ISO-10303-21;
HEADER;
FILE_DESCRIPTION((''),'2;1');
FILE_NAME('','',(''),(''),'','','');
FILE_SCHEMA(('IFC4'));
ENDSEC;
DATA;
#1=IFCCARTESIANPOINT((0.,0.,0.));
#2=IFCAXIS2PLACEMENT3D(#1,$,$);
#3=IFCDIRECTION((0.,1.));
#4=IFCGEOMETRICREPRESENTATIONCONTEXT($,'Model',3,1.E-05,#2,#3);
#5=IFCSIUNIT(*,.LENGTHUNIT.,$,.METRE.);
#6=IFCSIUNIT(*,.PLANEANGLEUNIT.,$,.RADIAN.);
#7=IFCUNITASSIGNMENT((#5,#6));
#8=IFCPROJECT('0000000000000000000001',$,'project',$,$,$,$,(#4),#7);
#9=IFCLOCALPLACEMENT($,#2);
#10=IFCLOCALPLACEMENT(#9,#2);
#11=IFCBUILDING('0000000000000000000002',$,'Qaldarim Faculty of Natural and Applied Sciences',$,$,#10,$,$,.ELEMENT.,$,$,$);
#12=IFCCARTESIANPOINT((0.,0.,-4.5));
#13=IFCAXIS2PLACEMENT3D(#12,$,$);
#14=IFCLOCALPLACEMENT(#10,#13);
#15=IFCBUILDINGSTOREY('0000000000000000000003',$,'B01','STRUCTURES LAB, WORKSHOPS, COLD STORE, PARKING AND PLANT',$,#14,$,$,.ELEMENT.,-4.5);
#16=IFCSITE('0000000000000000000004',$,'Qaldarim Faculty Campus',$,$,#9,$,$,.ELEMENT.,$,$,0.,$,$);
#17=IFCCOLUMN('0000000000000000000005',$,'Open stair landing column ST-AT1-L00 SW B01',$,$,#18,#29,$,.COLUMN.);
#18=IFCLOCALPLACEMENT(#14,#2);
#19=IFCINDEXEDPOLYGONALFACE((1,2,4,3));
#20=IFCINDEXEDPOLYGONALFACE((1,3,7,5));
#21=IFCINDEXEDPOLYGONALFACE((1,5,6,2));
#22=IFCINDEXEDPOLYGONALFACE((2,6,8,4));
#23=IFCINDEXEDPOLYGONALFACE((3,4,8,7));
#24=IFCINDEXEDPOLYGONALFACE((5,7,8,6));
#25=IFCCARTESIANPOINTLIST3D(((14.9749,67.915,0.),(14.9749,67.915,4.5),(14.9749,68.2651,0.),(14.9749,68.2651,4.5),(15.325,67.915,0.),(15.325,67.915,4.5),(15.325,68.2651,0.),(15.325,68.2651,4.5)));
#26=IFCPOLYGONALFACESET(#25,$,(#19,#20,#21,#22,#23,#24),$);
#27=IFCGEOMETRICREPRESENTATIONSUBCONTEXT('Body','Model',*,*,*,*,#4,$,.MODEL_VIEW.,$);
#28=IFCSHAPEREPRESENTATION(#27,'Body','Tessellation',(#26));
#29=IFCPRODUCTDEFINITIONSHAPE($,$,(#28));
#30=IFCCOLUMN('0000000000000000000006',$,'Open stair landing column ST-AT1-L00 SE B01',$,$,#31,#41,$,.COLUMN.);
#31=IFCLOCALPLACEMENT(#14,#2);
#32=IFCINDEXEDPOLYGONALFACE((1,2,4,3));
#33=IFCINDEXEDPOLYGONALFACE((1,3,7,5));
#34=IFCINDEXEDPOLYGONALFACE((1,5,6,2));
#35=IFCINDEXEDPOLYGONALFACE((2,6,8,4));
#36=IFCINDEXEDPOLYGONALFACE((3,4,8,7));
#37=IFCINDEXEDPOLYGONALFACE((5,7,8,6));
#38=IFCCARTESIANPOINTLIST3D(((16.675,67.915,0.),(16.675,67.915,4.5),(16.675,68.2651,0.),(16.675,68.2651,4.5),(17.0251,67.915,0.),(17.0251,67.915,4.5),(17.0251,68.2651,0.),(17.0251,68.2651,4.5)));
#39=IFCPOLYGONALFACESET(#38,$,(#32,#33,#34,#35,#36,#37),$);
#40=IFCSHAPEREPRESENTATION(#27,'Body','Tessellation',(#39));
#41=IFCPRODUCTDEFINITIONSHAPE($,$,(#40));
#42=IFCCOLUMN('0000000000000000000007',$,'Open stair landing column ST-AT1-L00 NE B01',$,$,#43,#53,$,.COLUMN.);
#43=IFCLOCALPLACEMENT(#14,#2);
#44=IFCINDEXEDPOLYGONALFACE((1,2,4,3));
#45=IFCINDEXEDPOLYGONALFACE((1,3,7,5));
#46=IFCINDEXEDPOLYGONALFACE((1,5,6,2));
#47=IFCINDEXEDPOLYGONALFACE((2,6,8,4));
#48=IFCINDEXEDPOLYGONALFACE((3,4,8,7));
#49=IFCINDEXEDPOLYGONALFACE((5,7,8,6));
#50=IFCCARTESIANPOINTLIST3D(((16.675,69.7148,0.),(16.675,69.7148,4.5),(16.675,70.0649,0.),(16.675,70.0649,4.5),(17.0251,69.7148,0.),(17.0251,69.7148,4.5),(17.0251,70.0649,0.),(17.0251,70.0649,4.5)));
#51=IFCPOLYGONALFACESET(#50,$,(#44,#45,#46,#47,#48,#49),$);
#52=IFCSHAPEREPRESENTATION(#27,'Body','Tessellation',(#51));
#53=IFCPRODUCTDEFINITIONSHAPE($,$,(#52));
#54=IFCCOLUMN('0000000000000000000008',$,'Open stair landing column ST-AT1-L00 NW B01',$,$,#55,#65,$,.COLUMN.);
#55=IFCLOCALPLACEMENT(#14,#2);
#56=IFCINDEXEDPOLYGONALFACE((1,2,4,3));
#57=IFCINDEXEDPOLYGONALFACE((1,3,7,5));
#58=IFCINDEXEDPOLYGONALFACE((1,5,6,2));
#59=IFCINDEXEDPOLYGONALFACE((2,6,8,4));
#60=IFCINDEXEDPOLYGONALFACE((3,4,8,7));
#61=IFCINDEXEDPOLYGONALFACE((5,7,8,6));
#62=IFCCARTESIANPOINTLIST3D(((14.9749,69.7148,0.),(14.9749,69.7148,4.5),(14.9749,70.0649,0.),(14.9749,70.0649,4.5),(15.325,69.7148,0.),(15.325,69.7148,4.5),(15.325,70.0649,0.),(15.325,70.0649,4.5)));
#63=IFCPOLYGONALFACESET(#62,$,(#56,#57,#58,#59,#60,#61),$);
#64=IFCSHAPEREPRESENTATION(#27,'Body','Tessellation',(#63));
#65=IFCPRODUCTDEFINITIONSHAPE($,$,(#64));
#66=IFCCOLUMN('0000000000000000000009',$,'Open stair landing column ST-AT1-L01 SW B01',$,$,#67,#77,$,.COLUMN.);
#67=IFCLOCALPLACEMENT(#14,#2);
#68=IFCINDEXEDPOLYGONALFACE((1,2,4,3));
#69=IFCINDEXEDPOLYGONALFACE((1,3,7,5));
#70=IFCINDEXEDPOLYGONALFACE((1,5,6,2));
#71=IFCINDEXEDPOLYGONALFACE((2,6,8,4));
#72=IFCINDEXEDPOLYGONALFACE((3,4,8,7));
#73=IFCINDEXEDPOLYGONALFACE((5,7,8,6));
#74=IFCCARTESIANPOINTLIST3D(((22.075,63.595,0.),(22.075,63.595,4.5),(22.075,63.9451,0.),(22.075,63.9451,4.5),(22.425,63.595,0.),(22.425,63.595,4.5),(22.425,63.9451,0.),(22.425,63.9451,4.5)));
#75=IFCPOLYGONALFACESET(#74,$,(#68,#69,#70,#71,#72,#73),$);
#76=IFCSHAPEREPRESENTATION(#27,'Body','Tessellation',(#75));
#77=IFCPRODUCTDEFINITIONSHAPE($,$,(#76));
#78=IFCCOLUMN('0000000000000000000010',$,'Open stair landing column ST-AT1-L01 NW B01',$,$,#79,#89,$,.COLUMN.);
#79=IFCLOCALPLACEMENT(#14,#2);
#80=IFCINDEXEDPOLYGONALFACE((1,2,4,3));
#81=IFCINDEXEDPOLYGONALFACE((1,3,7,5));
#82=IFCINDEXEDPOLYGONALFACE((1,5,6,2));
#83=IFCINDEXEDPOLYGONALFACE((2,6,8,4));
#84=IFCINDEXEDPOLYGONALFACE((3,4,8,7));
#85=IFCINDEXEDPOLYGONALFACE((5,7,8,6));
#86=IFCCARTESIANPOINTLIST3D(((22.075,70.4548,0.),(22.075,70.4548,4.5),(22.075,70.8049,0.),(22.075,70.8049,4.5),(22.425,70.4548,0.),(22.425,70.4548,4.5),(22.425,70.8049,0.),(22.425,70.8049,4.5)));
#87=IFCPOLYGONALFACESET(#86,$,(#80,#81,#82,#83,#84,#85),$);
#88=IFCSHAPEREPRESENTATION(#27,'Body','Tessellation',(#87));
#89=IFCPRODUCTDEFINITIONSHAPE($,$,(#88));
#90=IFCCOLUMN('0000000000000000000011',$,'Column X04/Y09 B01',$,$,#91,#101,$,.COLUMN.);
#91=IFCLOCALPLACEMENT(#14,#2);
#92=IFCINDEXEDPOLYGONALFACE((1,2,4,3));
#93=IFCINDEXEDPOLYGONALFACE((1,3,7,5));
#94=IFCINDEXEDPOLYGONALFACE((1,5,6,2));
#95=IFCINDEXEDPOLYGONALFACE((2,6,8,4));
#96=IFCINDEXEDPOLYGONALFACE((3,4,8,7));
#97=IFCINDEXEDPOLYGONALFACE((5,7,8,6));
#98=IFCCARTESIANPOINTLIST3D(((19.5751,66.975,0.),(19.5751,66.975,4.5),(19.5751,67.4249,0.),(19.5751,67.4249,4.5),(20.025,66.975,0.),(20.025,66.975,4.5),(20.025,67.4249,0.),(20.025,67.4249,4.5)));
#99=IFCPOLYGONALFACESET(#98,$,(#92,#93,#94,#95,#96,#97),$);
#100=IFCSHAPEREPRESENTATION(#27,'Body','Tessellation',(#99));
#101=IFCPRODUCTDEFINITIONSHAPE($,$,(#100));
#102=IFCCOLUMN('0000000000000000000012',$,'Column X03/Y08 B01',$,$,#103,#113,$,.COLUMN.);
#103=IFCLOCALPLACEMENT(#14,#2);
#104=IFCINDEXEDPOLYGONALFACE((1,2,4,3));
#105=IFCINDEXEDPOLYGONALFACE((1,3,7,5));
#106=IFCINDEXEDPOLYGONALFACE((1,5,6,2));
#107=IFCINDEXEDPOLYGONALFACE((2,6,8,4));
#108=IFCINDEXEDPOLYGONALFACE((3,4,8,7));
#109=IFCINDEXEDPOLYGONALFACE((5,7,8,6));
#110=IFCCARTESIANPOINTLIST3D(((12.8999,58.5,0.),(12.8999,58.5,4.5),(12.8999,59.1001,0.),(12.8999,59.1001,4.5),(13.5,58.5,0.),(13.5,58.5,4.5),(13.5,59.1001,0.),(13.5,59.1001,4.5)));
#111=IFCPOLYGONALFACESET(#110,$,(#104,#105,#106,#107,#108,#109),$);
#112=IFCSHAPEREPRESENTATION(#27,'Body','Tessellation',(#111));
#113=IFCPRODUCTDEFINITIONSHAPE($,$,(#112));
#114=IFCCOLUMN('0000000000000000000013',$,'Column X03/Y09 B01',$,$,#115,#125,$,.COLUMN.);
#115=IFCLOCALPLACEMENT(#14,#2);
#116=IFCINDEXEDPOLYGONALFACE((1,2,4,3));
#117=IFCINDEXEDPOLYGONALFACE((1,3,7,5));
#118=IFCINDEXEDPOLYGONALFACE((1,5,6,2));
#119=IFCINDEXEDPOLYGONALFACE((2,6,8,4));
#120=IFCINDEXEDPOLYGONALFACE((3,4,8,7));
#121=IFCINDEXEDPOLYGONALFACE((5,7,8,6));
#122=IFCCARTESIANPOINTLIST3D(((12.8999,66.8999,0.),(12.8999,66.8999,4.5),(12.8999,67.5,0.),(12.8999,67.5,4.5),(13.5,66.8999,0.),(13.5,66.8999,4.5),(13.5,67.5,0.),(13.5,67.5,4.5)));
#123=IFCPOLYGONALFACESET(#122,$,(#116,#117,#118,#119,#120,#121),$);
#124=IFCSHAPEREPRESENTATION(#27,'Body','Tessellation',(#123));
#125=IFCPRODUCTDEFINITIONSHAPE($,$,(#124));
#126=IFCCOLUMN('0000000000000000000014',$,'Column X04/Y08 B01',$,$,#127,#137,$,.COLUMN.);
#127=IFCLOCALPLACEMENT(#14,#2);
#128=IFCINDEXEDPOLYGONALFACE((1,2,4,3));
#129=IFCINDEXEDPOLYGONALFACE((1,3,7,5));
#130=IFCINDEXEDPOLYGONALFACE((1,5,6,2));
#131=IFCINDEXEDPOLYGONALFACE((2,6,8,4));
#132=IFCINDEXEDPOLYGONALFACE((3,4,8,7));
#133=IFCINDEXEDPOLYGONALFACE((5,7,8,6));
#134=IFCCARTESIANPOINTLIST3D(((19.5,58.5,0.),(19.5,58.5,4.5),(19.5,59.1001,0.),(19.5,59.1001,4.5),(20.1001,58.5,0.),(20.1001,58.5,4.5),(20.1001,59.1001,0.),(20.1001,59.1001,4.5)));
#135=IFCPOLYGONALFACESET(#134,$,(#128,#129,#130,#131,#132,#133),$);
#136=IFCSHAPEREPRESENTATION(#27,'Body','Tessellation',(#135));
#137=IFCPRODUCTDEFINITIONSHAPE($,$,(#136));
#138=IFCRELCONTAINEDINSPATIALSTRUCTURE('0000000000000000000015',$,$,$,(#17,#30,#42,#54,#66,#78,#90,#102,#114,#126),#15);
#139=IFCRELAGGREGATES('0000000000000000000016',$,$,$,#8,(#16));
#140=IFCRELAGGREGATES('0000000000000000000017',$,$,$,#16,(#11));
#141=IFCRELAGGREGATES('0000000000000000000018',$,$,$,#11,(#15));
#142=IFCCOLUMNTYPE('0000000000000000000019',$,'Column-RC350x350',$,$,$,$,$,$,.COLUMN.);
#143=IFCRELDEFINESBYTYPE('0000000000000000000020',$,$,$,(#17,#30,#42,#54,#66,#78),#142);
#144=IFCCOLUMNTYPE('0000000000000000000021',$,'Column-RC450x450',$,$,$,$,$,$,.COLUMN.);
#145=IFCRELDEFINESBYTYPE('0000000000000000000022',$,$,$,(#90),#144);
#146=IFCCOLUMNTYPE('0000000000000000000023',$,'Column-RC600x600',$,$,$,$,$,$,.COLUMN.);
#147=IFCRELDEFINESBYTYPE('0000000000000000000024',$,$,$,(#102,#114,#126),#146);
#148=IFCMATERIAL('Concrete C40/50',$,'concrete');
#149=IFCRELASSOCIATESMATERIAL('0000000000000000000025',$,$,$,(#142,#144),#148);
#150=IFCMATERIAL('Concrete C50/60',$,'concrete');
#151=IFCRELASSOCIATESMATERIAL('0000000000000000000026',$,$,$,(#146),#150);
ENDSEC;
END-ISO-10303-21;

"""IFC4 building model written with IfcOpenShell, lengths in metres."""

from ifc_helpers import new_model, si_unit, direction, frame, origin, origin_2d, place, context, subcontext, project, spatial, rectangle, extrude, material, material_profile, profile_set, type_object, element, save


model = new_model("IFC4")

# Units and contexts
model_context = context("Model", 3, precision=1e-05, world=origin(), true_north=direction((0.0, 1.0)))
body_context = subcontext(model_context, "Body", "Model", "MODEL_VIEW")
ifc_project = project(units=[si_unit("LENGTHUNIT", "METRE"), si_unit("PLANEANGLEUNIT", "RADIAN")], contexts=[model_context])

# Site, building, storey
site_placement = place(None, origin())
site = spatial("IfcSite", under=ifc_project, at=site_placement, Name="Qaldarim Faculty Campus", CompositionType="ELEMENT", RefElevation=0.0)
building_placement = place(site_placement, origin())
building = spatial("IfcBuilding", under=site, at=building_placement, Name="Qaldarim Faculty of Natural and Applied Sciences", CompositionType="ELEMENT")
storey_placement = place(building_placement, frame((0.0, 0.0, -4.5)))
storey = spatial("IfcBuildingStorey", under=building, at=storey_placement, Name="B01", Description="STRUCTURES LAB, WORKSHOPS, COLD STORE, PARKING AND PLANT", CompositionType="ELEMENT", Elevation=-4.5)

# Shared definitions
ifc_material_1 = material(Name="Concrete C40/50", Category="concrete")

# Columns
ifc_material_profile_1 = material_profile(ifc_material_1, rectangle(XDim=0.3501, YDim=0.3501, at=origin_2d()), Name="RC-C350x350")
ifc_profile_set_1 = profile_set([ifc_material_profile_1], Name="Concrete C40/50")
column_type_1 = type_object("IfcColumnType", Name="Column-RC350x350", PredefinedType="COLUMN", material=ifc_profile_set_1)
for number, where, z_axis, x_axis, name in (
    (1, (15.1499, 68.0901, 0.0), (0.0, 0.0, 1.0), (1.0, 0.0, 0.0), "Open stair landing column ST-AT1-L00 SW B01"),
    (2, (16.8501, 68.0901, 0.0), (0.0, 0.0, 1.0), (1.0, 0.0, 0.0), "Open stair landing column ST-AT1-L00 SE B01"),
    (3, (16.8501, 69.8899, 0.0), (0.0, 0.0, 1.0), (1.0, 0.0, 0.0), "Open stair landing column ST-AT1-L00 NE B01"),
    (4, (15.1499, 69.8899, 0.0), (0.0, 0.0, 1.0), (1.0, 0.0, 0.0), "Open stair landing column ST-AT1-L00 NW B01"),
    (5, (22.25, 63.77, 0.0), (0.0, 0.0, 1.0), (1.0, 0.0, 0.0), "Open stair landing column ST-AT1-L01 SW B01"),
    (6, (22.25, 70.6299, 0.0), (0.0, 0.0, 1.0), (1.0, 0.0, 0.0), "Open stair landing column ST-AT1-L01 NW B01"),
):
    element("IfcColumn", number, at=place(storey_placement, frame(where, z_axis=z_axis, x_axis=x_axis)), inside=storey, type_object=column_type_1, Name=name, PredefinedType="COLUMN", context=body_context, shape_type="SweptSolid", body=[
        extrude(rectangle(XDim=0.3501, YDim=0.3501, at=origin_2d()), origin(), (0.0, 0.0, 1.0), 4.5),
    ])
ifc_material_profile_2 = material_profile(ifc_material_1, rectangle(XDim=0.45, YDim=0.45, at=origin_2d()), Name="RC-C450x450")
ifc_profile_set_2 = profile_set([ifc_material_profile_2], Name="Concrete C40/50")
column_type_2 = type_object("IfcColumnType", Name="Column-RC450x450", PredefinedType="COLUMN", material=ifc_profile_set_2)
column_placement = place(storey_placement, frame((19.8, 67.2, 0.0), z_axis=(0.0, 0.0, 1.0), x_axis=(1.0, 0.0, 0.0)))
element("IfcColumn", 7, at=column_placement, inside=storey, type_object=column_type_2, Name="Column X04/Y09 B01", PredefinedType="COLUMN", context=body_context, shape_type="SweptSolid", body=[
    extrude(rectangle(XDim=0.45, YDim=0.45, at=origin_2d()), origin(), (0.0, 0.0, 1.0), 4.5),
])
ifc_material_2 = material(Name="Concrete C50/60", Category="concrete")
ifc_material_profile_3 = material_profile(ifc_material_2, rectangle(XDim=0.6001, YDim=0.6001, at=origin_2d()), Name="RC-C600x600")
ifc_profile_set_3 = profile_set([ifc_material_profile_3], Name="Concrete C50/60")
column_type_3 = type_object("IfcColumnType", Name="Column-RC600x600", PredefinedType="COLUMN", material=ifc_profile_set_3)
for number, where, z_axis, x_axis, name in (
    (8, (13.2, 58.8, 0.0), (0.0, 0.0, 1.0), (1.0, 0.0, 0.0), "Column X03/Y08 B01"),
    (9, (13.2, 67.2, 0.0), (0.0, 0.0, 1.0), (1.0, 0.0, 0.0), "Column X03/Y09 B01"),
    (10, (19.8, 58.8, 0.0), (0.0, 0.0, 1.0), (1.0, 0.0, 0.0), "Column X04/Y08 B01"),
):
    element("IfcColumn", number, at=place(storey_placement, frame(where, z_axis=z_axis, x_axis=x_axis)), inside=storey, type_object=column_type_3, Name=name, PredefinedType="COLUMN", context=body_context, shape_type="SweptSolid", body=[
        extrude(rectangle(XDim=0.6001, YDim=0.6001, at=origin_2d()), origin(), (0.0, 0.0, 1.0), 4.5),
    ])

save(model, "model.ifc")
